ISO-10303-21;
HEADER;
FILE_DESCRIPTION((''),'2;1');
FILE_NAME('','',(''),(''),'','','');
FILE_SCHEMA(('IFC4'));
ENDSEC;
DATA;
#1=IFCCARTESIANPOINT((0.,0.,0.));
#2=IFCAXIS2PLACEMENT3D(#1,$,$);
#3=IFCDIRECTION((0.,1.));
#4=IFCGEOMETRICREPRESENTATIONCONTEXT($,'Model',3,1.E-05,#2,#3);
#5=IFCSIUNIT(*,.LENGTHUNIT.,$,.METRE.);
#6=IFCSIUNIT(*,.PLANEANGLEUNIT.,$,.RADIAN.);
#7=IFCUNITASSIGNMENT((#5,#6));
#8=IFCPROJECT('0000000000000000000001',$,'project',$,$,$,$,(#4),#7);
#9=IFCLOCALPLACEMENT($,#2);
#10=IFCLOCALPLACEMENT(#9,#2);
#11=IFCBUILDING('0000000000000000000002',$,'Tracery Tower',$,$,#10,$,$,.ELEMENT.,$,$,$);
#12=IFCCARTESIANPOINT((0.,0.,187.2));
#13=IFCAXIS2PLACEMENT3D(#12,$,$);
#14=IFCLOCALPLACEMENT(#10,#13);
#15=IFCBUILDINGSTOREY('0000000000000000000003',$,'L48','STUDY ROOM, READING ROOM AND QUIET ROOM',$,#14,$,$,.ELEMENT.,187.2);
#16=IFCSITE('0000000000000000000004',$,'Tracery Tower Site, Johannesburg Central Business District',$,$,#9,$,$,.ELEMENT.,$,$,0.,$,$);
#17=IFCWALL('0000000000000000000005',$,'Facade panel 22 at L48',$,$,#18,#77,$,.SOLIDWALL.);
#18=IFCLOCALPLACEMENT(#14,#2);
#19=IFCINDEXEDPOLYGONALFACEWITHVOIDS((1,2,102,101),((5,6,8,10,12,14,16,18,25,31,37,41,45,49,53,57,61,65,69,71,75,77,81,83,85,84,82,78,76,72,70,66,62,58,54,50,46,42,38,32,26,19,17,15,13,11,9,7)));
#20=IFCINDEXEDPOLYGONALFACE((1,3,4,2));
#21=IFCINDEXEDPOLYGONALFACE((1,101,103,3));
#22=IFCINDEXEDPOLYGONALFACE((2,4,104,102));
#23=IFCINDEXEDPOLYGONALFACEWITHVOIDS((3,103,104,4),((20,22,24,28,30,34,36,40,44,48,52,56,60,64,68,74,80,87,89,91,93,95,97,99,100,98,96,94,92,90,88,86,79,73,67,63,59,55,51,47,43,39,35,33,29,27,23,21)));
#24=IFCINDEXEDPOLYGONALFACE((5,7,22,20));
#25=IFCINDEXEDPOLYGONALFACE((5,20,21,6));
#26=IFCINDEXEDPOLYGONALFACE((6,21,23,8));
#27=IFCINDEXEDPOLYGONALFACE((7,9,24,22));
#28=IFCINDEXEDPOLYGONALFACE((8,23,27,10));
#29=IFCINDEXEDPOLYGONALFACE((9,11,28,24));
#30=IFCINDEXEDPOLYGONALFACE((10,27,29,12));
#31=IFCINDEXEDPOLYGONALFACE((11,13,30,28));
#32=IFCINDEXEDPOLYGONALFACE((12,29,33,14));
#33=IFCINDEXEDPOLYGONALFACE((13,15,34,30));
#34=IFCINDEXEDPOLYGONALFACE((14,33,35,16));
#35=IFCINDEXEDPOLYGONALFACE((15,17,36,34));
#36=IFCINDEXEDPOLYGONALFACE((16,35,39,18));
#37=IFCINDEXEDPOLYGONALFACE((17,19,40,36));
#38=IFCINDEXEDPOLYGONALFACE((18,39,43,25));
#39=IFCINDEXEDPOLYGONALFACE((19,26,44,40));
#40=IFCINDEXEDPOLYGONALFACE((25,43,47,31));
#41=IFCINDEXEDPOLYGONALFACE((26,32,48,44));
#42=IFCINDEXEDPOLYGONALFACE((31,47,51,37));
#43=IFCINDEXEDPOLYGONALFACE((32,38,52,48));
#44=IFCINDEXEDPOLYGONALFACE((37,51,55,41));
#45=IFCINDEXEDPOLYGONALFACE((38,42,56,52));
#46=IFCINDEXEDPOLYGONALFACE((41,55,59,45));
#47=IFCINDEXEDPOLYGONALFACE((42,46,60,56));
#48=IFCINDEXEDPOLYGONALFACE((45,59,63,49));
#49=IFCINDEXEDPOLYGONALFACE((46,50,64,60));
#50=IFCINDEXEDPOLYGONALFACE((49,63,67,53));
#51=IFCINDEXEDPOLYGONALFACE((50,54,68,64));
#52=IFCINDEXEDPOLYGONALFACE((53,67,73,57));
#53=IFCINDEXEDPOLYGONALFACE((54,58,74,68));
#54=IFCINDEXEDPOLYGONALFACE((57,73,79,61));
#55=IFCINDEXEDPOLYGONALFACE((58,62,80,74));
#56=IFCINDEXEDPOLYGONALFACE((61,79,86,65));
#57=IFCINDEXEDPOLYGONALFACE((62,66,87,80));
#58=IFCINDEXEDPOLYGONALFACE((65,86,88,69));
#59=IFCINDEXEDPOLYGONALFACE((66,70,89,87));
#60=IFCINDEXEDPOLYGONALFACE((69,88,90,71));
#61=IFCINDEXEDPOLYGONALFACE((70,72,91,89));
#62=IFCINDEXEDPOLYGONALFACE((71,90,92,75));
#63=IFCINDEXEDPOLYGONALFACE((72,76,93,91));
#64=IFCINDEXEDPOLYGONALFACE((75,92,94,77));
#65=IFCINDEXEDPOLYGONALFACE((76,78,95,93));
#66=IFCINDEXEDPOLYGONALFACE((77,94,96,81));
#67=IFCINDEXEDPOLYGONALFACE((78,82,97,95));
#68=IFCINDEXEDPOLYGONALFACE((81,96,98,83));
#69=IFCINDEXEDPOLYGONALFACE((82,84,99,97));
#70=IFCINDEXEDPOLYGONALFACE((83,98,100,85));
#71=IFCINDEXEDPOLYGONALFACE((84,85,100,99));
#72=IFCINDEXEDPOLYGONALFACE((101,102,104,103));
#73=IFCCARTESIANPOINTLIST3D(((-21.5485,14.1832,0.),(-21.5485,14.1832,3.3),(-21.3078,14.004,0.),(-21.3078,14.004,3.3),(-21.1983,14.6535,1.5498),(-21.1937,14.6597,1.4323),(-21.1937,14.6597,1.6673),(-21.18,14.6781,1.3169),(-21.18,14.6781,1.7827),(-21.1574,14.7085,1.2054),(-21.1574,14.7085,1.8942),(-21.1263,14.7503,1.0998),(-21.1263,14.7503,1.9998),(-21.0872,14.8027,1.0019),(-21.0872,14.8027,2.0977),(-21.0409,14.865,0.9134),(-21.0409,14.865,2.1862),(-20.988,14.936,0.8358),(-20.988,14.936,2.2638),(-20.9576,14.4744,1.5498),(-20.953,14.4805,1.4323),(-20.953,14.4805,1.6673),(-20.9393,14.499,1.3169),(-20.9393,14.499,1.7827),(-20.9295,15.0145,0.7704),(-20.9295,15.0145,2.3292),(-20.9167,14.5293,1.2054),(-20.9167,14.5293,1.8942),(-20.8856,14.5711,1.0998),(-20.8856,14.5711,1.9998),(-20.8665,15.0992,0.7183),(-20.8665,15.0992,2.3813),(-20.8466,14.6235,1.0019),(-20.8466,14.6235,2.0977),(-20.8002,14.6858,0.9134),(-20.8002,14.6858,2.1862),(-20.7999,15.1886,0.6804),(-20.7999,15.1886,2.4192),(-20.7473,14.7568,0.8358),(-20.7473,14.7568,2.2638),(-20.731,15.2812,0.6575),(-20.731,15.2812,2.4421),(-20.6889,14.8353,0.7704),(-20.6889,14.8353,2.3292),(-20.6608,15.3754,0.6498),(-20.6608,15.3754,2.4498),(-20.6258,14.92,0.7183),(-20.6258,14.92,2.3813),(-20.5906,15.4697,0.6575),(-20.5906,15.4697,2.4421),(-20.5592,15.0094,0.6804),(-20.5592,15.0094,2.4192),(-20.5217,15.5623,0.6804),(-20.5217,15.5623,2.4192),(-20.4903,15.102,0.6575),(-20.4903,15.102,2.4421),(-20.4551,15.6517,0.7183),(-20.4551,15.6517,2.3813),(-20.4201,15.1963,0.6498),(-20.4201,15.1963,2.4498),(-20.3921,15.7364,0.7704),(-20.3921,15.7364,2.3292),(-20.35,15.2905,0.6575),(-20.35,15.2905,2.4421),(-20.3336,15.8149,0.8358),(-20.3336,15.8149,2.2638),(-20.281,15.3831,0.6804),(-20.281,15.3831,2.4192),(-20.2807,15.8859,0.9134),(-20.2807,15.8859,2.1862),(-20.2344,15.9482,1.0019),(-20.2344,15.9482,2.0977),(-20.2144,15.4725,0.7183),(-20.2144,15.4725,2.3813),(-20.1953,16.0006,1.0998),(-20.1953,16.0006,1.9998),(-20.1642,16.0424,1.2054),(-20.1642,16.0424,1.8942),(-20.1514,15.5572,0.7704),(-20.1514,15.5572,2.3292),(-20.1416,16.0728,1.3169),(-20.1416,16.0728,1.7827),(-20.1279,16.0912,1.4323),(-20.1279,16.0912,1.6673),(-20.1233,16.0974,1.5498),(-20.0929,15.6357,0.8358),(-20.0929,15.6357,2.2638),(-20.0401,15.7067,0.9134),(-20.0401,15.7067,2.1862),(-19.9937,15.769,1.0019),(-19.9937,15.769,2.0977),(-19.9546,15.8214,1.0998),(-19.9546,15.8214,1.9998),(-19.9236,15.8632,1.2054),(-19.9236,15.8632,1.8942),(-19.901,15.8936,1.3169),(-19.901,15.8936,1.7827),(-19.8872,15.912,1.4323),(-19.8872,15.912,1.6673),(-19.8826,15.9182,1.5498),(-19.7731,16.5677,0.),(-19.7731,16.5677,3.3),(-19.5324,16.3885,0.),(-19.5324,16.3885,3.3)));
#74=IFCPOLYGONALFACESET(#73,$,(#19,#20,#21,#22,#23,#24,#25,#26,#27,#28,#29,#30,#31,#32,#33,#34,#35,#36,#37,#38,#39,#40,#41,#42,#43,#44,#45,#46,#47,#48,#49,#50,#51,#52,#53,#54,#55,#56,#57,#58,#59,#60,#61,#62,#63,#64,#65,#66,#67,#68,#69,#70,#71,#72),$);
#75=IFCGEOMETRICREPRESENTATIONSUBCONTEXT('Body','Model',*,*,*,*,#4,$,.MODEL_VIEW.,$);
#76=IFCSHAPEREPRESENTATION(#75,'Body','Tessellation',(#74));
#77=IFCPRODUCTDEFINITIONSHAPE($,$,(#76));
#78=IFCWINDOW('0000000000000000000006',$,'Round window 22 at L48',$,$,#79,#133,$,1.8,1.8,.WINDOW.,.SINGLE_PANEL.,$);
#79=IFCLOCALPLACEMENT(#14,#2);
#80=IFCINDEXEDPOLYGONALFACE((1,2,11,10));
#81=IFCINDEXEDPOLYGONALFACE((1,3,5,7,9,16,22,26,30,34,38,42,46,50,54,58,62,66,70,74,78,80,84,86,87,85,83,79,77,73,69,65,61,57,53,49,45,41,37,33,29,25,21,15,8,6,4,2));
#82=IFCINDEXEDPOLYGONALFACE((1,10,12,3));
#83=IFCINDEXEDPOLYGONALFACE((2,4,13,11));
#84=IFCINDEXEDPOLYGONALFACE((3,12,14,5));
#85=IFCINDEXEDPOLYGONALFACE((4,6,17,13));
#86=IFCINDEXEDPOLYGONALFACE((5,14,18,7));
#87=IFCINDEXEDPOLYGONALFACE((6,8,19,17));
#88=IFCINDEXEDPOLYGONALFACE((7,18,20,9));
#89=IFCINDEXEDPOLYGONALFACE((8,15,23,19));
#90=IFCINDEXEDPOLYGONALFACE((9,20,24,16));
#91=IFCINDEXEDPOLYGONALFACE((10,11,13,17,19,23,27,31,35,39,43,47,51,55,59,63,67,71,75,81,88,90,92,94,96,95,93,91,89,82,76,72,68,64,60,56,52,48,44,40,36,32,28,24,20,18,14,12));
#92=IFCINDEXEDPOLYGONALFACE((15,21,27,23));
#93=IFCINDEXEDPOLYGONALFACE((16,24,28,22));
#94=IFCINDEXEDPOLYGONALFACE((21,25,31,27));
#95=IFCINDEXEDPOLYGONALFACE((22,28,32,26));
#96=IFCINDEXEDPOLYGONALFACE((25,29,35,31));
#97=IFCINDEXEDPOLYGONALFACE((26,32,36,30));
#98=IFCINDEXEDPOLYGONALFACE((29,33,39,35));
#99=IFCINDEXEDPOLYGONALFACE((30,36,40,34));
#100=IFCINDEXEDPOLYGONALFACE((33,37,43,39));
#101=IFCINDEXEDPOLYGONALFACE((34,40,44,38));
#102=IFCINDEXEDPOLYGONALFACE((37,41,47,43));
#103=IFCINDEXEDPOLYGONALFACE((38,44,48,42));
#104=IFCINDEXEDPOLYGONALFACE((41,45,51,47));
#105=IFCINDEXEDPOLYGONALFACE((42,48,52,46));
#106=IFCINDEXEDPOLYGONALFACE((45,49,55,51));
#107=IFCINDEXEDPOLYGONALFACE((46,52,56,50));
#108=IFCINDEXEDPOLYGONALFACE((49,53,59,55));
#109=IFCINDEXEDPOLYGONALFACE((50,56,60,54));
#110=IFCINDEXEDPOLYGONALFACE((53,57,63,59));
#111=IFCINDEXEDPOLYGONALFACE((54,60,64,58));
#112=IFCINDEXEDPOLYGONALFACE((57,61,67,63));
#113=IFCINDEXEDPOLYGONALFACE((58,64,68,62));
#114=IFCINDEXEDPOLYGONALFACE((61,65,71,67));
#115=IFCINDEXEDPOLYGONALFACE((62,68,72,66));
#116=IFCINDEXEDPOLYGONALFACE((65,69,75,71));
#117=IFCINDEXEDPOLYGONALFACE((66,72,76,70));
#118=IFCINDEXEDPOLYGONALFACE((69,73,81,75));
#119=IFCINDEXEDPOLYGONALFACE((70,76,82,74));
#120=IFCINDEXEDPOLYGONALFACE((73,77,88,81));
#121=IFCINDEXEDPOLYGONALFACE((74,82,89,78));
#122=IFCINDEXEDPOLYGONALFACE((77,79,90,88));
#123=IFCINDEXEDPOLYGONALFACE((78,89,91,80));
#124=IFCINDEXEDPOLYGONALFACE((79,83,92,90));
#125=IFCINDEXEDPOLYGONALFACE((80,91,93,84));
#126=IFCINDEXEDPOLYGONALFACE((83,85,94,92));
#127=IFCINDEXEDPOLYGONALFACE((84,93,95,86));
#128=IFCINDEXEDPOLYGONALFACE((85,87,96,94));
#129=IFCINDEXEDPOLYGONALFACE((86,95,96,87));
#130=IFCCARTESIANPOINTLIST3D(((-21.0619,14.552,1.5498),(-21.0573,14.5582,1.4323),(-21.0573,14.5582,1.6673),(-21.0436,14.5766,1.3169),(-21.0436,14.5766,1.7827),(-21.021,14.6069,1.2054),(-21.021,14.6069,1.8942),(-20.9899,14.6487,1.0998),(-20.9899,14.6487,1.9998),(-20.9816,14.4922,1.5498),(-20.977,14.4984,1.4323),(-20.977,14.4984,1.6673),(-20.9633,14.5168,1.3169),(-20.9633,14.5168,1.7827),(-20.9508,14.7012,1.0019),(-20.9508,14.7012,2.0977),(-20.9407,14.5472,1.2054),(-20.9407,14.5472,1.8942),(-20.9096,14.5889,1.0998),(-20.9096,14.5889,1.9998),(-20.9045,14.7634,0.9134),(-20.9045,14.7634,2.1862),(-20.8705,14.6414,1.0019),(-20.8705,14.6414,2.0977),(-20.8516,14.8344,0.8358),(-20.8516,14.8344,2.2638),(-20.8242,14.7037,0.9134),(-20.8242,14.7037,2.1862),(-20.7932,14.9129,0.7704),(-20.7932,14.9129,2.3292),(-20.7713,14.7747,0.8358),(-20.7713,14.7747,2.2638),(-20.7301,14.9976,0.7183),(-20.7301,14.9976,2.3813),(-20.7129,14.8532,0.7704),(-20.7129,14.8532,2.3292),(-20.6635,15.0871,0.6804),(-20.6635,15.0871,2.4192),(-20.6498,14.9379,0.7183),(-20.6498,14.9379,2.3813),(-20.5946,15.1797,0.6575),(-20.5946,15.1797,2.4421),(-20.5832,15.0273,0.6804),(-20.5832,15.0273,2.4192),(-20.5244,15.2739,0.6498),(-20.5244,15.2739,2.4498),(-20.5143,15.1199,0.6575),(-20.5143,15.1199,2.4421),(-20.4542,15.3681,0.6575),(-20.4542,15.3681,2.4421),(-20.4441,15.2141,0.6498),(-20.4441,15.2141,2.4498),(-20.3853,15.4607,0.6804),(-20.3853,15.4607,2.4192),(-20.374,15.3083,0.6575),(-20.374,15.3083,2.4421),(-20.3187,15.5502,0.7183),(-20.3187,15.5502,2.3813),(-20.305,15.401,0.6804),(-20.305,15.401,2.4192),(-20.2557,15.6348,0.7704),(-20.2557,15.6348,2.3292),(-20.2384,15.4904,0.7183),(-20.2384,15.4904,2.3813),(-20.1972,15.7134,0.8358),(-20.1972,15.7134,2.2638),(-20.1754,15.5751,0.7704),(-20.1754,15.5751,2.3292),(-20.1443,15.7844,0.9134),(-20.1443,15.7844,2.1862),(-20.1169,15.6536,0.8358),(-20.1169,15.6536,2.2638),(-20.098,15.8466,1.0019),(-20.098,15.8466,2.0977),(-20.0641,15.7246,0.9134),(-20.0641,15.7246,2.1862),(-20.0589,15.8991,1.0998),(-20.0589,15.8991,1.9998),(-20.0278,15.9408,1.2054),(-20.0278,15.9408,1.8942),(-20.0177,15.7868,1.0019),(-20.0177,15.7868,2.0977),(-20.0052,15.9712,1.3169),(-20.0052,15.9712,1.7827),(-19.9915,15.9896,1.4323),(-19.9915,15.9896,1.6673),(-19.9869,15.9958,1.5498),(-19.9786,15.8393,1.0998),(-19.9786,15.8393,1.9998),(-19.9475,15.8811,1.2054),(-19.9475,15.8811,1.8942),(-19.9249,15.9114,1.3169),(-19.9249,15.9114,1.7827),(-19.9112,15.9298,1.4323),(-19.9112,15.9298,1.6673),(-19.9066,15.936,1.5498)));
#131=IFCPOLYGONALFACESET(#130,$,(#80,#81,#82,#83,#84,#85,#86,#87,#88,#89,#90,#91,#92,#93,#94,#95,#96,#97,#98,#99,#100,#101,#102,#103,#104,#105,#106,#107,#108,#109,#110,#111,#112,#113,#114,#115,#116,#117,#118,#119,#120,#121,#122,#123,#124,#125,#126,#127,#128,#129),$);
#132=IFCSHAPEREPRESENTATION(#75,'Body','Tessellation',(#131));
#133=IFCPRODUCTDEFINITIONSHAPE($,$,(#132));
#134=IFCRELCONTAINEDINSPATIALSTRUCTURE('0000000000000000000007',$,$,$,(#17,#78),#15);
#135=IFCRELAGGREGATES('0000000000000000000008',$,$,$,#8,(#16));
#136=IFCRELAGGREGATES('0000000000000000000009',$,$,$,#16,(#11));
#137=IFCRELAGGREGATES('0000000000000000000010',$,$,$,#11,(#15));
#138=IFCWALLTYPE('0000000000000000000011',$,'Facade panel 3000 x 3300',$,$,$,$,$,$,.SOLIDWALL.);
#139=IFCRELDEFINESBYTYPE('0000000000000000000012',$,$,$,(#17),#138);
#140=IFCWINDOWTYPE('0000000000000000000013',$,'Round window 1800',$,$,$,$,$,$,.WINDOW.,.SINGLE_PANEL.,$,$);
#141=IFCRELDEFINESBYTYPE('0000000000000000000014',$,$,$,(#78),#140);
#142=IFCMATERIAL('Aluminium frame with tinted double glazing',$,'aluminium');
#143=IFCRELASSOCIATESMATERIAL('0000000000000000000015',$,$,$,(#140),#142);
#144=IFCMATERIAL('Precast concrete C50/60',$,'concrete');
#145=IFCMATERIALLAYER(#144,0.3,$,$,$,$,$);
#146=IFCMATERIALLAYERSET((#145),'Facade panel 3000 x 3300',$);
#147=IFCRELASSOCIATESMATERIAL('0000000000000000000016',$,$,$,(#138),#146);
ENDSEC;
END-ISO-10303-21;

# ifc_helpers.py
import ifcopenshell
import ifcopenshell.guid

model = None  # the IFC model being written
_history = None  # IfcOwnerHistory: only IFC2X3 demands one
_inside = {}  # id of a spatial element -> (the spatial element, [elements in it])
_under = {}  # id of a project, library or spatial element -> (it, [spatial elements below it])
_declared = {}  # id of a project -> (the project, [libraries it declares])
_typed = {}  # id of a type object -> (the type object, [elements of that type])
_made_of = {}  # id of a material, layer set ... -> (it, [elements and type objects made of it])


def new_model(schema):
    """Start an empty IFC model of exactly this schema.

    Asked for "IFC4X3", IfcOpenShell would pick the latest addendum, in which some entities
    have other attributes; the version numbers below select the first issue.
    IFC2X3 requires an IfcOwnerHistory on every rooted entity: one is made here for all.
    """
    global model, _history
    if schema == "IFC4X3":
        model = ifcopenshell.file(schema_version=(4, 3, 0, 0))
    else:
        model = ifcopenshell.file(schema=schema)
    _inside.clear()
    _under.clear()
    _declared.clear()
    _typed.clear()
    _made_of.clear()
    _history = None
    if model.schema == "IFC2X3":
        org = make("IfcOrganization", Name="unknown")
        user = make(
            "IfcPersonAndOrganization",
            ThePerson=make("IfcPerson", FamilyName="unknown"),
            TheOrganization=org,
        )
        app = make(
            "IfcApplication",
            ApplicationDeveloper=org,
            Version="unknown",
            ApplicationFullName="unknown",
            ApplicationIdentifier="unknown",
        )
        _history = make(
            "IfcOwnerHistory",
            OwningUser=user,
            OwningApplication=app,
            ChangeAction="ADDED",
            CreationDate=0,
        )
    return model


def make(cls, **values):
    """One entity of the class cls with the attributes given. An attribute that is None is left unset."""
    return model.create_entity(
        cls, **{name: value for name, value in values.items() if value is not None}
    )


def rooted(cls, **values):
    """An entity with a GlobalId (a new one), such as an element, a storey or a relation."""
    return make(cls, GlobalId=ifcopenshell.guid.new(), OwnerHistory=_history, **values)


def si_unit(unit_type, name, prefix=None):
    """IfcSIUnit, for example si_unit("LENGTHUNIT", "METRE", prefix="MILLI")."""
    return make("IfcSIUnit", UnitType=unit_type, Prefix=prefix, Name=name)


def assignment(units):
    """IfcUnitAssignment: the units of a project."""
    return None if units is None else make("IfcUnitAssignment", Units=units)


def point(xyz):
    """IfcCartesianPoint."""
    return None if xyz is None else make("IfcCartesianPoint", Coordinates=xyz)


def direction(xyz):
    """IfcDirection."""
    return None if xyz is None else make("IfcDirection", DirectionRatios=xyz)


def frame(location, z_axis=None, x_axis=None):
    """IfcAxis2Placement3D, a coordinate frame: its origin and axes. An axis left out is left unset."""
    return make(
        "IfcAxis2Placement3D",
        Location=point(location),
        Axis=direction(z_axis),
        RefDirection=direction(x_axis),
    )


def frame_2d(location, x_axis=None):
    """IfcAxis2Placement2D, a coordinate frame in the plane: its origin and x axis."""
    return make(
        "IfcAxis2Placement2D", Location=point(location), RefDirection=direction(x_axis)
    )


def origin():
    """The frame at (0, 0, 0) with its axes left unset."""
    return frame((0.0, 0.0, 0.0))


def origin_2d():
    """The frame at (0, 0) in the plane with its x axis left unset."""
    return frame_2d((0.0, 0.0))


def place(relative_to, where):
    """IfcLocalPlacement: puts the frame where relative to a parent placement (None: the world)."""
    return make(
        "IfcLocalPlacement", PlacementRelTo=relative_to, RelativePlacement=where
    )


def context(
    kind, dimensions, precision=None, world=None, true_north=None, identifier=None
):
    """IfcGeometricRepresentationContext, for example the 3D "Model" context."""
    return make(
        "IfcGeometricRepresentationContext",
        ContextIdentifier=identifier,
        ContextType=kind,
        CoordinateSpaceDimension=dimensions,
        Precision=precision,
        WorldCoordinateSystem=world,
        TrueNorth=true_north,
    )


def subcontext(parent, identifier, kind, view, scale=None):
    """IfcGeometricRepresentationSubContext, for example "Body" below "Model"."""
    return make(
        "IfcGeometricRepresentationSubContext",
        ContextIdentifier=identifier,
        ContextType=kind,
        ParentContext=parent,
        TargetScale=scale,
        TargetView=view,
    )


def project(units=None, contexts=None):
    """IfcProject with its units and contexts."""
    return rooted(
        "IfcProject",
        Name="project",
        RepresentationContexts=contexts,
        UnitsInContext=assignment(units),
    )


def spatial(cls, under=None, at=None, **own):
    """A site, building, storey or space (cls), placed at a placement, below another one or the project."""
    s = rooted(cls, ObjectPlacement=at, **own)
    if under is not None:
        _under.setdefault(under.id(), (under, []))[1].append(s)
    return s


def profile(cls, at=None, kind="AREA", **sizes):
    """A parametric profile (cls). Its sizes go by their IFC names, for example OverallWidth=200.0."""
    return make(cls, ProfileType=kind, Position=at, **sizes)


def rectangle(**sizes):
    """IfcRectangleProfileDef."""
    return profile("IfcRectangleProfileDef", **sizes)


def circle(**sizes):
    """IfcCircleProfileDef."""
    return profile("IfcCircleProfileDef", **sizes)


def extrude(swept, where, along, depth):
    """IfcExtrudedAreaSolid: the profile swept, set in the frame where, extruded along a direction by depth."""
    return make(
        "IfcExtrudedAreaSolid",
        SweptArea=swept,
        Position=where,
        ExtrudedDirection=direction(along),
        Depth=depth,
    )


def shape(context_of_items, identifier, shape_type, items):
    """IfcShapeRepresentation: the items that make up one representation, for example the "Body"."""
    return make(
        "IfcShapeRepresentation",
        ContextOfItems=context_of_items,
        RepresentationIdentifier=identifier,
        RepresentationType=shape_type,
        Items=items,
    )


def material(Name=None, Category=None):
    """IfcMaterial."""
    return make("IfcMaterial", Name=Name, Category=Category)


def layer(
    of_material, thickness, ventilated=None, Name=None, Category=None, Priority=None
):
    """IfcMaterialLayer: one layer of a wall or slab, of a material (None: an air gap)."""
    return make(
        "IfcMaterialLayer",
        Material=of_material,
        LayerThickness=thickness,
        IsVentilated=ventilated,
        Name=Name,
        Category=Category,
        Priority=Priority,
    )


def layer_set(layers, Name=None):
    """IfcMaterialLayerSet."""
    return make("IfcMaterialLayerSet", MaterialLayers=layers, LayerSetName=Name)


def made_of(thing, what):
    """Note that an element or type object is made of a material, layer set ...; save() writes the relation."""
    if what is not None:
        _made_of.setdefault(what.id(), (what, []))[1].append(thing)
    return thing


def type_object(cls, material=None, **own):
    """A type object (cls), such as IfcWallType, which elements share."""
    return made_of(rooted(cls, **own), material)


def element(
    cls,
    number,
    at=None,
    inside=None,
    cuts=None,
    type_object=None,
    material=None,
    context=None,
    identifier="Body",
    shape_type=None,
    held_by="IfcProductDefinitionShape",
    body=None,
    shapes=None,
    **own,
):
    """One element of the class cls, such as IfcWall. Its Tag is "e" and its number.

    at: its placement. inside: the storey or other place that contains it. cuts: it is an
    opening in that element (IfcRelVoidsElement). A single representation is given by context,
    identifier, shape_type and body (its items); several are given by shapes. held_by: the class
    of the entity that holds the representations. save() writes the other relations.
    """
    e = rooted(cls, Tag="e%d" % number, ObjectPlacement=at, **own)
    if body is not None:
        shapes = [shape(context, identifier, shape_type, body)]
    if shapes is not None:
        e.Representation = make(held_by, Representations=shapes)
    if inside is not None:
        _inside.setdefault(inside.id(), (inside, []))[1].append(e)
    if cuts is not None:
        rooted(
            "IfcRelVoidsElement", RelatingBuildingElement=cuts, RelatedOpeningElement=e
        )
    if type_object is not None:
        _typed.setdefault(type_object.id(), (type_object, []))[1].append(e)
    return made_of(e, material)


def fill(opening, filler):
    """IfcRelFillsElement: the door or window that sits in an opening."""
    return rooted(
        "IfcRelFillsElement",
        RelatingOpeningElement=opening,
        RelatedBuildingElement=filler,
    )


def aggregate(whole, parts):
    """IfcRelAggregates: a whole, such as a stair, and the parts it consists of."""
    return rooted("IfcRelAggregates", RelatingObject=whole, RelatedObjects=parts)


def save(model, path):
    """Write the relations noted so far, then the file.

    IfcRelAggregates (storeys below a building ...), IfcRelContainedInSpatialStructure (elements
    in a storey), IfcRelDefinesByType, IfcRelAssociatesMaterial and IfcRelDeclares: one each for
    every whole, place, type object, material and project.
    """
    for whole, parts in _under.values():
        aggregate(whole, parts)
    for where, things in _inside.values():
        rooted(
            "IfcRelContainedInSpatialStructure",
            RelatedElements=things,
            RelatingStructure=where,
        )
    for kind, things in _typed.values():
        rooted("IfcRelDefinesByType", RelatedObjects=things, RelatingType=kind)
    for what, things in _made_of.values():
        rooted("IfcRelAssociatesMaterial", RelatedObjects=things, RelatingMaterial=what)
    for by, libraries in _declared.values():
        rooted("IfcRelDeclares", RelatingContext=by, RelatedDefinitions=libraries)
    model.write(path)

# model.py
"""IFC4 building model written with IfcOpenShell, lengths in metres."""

from ifc_helpers import new_model, si_unit, direction, frame, frame_2d, origin, origin_2d, place, context, subcontext, project, spatial, rectangle, circle, extrude, material, layer, layer_set, type_object, element, fill, save


model = new_model("IFC4")

# Units and contexts
model_context = context("Model", 3, precision=1e-05, world=origin(), true_north=direction((0.0, 1.0)))
body_context = subcontext(model_context, "Body", "Model", "MODEL_VIEW")
ifc_project = project(units=[si_unit("LENGTHUNIT", "METRE"), si_unit("PLANEANGLEUNIT", "RADIAN")], contexts=[model_context])

# Site, building, storey
site_placement = place(None, origin())
site = spatial("IfcSite", under=ifc_project, at=site_placement, Name="Tracery Tower Site, Johannesburg Central Business District", CompositionType="ELEMENT", RefElevation=0.0)
building_placement = place(site_placement, origin())
building = spatial("IfcBuilding", under=site, at=building_placement, Name="Tracery Tower", CompositionType="ELEMENT")
storey_placement = place(building_placement, frame((0.0, 0.0, 187.2)))
storey = spatial("IfcBuildingStorey", under=building, at=storey_placement, Name="L48", Description="STUDY ROOM, READING ROOM AND QUIET ROOM", CompositionType="ELEMENT", Elevation=187.2)

# Wall, opening, window
ifc_material_1 = material(Name="Aluminium frame with tinted double glazing", Category="aluminium")
window_type = type_object("IfcWindowType", Name="Round window 1800", PartitioningType="SINGLE_PANEL", PredefinedType="WINDOW", material=ifc_material_1)
ifc_material_2 = material(Name="Precast concrete C50/60", Category="concrete")
ifc_layer_1 = layer(ifc_material_2, 0.3)
ifc_layer_set_1 = layer_set([ifc_layer_1], Name="Facade panel 3000 x 3300")
wall_type_1 = type_object("IfcWallType", Name="Facade panel 3000 x 3300", PredefinedType="SOLIDWALL", material=ifc_layer_set_1)
wall_1_placement = place(storey_placement, frame((-19.6528, 16.478, 0.0), z_axis=(0.0, 0.0, 1.0), x_axis=(-0.597198, -0.802094, 0.0)))
wall_1 = element("IfcWall", 1, at=wall_1_placement, inside=storey, type_object=wall_type_1, Name="Facade panel 22 at L48", PredefinedType="SOLIDWALL", context=body_context, shape_type="SweptSolid", body=[
    extrude(rectangle(XDim=2.9729, YDim=0.3, at=frame_2d((1.4863, 0.0))), origin(), (0.0, 0.0, 1.0), 3.3),
])
opening_1_placement = place(wall_1_placement, frame((1.4863, 0.0, 1.5498)))
opening_1 = element("IfcOpeningElement", 2, at=opening_1_placement, cuts=wall_1, PredefinedType="OPENING", context=body_context, shape_type="SweptSolid", body=[
    extrude(circle(Radius=0.9, at=origin_2d()), frame((0.0, 0.1599, 0.0), z_axis=(0.0, -1.0, 0.0), x_axis=(1.0, 0.0, 0.0)), (0.0, 0.0, 1.0), 0.3201),
])
window_1_placement = place(opening_1_placement, origin())
window_1 = element("IfcWindow", 3, at=window_1_placement, inside=storey, type_object=window_type, Name="Round window 22 at L48", OverallHeight=1.8, OverallWidth=1.8, PartitioningType="SINGLE_PANEL", PredefinedType="WINDOW", context=body_context, shape_type="SweptSolid", body=[
    extrude(circle(Radius=0.9, at=origin_2d()), frame((0.0, 0.1201, 0.0), z_axis=(0.0, -1.0, 0.0), x_axis=(1.0, 0.0, 0.0)), (0.0, 0.0, 1.0), 0.1001),
])
fill(opening_1, window_1)

save(model, "model.ifc")
